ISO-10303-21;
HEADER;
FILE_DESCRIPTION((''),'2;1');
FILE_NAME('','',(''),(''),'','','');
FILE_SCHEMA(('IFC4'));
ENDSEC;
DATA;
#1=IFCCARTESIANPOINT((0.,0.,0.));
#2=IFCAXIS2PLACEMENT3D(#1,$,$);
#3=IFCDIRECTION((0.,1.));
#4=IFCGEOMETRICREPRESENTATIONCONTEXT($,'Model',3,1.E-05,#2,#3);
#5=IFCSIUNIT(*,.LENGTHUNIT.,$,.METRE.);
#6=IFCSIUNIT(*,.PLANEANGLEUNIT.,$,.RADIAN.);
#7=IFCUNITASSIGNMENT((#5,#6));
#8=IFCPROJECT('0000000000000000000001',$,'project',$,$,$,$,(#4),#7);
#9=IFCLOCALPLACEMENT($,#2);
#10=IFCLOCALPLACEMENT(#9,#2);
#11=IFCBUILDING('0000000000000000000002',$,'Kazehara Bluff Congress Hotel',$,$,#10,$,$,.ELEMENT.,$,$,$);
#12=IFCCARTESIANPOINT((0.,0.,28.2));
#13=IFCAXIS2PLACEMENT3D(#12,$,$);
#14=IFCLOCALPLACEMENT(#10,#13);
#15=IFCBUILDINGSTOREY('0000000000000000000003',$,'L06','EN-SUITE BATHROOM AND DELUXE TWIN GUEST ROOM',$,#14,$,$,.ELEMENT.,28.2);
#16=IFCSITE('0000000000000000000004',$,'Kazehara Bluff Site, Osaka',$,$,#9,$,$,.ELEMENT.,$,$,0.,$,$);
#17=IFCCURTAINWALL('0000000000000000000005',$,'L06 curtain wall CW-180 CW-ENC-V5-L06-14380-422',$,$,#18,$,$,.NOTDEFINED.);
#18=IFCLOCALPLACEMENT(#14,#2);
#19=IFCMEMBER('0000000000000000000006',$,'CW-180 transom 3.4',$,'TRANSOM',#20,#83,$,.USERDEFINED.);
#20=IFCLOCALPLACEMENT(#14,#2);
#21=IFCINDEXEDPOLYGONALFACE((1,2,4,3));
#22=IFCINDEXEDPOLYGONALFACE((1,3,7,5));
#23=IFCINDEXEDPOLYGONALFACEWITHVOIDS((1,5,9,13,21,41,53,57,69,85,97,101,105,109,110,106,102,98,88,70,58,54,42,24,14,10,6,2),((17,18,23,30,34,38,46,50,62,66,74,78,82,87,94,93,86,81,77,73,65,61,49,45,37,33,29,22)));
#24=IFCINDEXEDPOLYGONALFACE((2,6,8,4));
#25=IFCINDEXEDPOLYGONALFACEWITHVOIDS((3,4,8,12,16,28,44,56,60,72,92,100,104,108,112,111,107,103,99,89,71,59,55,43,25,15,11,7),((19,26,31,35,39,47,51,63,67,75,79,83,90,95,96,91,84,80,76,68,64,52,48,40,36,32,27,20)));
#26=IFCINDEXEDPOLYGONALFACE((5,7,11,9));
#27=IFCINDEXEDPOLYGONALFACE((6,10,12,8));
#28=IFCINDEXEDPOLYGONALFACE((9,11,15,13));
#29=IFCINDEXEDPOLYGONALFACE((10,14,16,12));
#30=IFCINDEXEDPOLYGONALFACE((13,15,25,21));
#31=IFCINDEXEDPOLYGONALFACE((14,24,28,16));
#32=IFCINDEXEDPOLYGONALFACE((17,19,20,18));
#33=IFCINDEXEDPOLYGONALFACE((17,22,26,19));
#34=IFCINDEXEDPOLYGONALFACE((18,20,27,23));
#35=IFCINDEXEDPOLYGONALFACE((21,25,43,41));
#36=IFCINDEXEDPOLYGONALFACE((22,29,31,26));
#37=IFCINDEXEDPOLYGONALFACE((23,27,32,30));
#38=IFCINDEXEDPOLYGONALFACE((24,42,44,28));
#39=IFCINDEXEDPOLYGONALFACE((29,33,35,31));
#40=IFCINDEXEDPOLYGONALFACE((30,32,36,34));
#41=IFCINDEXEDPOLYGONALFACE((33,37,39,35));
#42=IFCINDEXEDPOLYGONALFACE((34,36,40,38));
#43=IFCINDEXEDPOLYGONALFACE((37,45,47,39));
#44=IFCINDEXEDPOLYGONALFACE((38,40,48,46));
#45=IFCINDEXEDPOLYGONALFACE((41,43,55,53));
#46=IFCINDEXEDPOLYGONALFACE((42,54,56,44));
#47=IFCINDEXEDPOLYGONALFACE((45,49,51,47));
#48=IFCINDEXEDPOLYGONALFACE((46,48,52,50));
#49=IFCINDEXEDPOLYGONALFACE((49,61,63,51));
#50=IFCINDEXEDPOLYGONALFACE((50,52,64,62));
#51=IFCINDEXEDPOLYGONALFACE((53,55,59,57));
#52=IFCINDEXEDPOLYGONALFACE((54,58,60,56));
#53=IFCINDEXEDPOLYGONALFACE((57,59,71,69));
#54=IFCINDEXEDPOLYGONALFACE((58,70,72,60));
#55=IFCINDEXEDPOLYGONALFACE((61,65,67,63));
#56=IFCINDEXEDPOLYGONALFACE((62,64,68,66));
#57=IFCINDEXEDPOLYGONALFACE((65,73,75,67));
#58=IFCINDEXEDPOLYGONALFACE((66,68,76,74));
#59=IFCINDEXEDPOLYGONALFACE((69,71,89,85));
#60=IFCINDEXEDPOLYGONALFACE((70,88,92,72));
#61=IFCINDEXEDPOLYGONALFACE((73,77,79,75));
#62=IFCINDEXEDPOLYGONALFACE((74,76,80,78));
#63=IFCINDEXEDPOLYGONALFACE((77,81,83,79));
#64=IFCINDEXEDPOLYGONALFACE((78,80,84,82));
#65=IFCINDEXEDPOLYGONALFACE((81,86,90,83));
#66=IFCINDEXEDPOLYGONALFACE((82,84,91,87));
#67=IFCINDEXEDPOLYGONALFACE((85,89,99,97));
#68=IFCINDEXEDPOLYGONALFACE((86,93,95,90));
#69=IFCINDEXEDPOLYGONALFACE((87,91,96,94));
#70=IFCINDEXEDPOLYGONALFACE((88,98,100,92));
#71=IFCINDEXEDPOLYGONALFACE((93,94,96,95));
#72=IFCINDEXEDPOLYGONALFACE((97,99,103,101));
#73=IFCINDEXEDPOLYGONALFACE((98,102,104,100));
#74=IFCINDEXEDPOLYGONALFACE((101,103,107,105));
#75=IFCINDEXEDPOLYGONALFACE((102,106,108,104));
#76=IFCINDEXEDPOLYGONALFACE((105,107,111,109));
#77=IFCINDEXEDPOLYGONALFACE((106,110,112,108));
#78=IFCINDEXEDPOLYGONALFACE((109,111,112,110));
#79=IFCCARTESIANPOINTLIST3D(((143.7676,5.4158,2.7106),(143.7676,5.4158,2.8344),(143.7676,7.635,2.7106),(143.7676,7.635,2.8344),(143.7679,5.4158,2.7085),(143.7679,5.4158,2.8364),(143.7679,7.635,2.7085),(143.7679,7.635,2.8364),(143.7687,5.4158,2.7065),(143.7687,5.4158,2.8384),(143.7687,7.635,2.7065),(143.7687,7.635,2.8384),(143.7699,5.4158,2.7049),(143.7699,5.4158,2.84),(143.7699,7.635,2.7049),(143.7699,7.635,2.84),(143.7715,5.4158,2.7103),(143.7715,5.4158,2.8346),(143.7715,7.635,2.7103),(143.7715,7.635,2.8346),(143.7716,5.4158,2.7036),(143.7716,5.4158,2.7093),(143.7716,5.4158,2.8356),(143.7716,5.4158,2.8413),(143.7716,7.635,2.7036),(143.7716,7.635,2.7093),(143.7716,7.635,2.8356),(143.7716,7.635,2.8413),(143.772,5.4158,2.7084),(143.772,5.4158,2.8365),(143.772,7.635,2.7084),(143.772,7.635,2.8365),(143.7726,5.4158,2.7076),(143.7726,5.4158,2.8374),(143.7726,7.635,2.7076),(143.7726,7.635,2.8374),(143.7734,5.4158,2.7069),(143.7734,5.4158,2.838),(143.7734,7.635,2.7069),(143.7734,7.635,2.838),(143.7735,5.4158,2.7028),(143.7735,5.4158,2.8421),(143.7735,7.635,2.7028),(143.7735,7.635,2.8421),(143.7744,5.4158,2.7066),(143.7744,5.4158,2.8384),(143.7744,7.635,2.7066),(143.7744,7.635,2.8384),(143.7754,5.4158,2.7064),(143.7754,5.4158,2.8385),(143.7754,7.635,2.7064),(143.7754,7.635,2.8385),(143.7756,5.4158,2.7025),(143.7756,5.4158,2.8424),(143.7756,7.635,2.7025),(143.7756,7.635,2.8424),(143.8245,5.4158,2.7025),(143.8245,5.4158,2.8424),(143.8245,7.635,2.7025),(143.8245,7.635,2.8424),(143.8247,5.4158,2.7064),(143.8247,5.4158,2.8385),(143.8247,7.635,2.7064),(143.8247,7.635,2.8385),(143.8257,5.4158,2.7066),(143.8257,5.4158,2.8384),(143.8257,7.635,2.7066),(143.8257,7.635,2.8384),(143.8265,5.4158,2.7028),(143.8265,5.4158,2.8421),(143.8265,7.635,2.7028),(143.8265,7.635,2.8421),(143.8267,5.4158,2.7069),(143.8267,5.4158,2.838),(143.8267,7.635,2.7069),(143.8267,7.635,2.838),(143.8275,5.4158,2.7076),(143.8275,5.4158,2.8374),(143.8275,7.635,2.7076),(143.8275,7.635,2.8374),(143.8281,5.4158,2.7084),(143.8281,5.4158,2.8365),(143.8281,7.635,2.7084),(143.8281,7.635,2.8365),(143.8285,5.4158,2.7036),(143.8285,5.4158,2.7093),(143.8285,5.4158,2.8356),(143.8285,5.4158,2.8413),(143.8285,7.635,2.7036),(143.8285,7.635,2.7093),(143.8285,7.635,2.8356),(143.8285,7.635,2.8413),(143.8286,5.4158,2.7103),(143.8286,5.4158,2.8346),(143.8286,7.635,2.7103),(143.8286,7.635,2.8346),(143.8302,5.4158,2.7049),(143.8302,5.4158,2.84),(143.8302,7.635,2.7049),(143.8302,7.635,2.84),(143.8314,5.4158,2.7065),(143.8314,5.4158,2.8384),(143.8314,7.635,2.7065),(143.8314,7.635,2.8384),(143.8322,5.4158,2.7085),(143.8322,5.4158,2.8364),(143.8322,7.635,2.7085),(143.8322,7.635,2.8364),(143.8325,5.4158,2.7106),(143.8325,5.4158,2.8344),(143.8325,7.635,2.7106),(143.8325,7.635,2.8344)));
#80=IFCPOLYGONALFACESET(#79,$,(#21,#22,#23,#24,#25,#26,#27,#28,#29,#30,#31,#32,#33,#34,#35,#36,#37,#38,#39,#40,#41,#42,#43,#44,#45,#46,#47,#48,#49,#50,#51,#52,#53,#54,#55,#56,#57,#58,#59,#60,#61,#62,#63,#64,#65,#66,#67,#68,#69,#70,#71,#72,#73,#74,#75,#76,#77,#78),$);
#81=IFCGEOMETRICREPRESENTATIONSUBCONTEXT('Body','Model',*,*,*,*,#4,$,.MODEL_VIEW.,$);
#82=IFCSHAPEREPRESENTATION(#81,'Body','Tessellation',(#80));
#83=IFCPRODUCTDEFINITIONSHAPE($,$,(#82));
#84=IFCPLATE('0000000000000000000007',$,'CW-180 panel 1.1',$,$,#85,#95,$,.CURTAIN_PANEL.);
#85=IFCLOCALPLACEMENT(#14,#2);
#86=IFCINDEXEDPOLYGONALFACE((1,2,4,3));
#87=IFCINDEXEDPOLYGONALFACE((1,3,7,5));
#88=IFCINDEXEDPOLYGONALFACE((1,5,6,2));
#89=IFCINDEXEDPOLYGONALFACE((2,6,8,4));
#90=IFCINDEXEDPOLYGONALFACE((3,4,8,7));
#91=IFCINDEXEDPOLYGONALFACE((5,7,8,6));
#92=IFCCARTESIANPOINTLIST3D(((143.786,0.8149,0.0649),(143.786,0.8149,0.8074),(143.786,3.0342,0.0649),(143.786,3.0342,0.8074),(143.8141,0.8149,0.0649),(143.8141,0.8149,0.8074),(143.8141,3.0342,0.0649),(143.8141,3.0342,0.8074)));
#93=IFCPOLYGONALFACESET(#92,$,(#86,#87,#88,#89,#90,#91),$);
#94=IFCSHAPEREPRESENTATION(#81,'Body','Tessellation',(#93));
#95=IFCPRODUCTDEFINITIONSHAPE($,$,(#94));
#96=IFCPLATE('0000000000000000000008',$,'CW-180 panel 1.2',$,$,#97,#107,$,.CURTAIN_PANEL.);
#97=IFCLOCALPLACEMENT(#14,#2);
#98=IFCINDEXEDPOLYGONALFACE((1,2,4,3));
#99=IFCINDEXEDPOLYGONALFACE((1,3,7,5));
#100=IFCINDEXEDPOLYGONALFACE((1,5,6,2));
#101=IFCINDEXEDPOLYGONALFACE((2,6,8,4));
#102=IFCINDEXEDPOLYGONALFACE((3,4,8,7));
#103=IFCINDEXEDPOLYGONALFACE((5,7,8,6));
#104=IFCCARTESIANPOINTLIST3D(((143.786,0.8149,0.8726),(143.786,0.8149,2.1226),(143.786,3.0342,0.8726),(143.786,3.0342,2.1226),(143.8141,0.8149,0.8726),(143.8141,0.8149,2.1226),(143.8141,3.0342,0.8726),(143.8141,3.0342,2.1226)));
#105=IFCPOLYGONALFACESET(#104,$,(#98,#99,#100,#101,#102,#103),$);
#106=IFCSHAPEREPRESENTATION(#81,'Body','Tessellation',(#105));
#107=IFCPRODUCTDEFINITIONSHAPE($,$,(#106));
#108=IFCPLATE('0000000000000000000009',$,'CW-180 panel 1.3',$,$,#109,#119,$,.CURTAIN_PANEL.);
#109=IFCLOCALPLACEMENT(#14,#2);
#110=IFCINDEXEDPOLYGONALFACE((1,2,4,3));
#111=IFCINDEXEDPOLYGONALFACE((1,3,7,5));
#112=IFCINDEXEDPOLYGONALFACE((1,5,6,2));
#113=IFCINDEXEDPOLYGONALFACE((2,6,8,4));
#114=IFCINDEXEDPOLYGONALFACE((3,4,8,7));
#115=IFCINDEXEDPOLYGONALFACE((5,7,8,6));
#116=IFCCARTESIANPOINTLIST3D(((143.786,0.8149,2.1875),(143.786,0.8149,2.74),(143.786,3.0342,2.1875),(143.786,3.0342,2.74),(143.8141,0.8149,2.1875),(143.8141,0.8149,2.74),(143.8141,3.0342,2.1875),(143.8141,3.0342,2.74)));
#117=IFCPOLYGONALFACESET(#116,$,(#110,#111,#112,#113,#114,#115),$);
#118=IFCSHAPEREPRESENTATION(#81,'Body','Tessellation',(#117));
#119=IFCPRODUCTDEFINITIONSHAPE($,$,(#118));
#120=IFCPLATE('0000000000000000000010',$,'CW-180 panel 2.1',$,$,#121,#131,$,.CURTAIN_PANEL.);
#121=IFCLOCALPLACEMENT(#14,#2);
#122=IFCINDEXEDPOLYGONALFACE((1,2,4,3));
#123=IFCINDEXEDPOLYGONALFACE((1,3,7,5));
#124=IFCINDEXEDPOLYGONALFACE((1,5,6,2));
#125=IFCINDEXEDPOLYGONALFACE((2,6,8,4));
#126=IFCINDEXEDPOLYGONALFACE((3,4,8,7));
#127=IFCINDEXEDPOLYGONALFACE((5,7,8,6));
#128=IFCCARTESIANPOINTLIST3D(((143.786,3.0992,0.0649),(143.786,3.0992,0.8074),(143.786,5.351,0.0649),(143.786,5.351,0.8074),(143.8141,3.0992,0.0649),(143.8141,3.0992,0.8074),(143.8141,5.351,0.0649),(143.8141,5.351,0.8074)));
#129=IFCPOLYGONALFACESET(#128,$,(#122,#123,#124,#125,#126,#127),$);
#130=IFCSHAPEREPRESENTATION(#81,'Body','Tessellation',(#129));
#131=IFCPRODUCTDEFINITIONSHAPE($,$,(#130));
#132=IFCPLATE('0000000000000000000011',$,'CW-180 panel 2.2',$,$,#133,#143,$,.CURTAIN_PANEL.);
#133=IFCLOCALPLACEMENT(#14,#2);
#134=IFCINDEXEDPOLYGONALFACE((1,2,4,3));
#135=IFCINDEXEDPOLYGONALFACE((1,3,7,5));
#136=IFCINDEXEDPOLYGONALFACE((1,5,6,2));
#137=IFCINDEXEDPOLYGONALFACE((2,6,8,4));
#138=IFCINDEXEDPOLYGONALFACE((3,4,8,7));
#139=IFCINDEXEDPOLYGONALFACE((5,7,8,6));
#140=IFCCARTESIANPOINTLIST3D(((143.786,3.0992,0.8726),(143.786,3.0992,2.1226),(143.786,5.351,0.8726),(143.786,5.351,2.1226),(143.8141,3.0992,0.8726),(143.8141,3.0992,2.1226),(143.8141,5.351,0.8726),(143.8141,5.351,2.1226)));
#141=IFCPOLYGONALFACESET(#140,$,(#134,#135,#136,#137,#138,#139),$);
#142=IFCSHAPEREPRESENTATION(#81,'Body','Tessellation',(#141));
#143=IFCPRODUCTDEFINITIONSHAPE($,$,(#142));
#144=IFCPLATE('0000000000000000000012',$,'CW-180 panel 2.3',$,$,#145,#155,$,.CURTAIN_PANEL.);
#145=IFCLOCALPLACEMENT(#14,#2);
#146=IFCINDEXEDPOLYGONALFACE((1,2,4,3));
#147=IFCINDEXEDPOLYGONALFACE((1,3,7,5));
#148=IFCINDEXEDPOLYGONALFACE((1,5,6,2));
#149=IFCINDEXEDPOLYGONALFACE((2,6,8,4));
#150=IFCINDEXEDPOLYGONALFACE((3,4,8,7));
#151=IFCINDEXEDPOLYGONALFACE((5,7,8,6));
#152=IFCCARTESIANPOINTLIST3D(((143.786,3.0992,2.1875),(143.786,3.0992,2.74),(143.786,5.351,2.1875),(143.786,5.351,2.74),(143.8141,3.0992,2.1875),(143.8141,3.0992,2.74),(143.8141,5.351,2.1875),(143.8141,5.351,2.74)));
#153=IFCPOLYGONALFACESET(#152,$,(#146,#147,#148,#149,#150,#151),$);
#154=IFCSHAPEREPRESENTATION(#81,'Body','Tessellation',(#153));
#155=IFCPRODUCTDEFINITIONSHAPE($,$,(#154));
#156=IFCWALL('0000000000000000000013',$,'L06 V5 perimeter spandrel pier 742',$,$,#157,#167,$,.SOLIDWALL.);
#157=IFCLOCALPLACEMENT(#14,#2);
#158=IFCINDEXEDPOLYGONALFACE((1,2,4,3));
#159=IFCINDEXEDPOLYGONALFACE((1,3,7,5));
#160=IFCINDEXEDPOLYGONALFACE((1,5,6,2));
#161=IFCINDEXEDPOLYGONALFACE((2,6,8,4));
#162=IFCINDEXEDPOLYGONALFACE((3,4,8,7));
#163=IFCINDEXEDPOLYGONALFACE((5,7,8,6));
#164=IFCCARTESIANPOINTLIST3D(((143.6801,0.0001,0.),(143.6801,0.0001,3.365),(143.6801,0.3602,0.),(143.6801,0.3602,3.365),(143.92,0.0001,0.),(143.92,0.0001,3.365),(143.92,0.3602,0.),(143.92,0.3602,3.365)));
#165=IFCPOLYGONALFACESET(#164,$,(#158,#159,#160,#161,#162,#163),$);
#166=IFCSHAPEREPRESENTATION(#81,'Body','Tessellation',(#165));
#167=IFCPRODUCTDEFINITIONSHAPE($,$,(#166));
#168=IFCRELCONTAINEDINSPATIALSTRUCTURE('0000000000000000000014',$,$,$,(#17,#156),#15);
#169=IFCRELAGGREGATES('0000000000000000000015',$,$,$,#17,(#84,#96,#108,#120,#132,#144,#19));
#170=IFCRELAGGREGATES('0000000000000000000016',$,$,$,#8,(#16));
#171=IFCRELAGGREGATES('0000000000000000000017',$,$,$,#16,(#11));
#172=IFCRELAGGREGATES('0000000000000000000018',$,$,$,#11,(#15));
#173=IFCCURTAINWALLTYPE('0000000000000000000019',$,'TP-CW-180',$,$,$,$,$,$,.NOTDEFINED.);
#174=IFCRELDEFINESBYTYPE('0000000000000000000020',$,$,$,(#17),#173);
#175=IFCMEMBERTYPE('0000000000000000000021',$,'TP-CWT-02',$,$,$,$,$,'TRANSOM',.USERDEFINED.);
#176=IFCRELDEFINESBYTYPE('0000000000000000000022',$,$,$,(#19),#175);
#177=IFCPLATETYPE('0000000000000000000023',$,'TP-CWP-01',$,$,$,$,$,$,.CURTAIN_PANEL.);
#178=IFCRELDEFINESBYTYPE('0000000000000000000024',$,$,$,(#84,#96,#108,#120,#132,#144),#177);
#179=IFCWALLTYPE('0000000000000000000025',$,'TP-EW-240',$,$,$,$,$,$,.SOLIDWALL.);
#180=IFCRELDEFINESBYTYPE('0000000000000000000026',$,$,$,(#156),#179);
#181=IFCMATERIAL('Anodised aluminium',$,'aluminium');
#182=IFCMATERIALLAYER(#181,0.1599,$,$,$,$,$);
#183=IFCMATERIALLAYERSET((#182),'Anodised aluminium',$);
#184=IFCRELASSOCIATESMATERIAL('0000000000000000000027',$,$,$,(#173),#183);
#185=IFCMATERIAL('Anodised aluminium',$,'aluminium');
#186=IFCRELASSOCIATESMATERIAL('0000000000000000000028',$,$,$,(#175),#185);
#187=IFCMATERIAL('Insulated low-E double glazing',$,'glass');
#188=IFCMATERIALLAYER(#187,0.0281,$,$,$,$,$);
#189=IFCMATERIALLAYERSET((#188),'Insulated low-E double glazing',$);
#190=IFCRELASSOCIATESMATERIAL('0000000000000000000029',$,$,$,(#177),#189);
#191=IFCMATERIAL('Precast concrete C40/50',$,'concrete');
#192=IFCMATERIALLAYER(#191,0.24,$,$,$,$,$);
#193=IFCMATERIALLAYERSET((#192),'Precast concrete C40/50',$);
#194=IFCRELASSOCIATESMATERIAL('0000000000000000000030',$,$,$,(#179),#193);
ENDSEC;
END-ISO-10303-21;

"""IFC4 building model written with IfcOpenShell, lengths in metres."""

from ifc_helpers import new_model, si_unit, direction, frame, frame_2d, origin, origin_2d, place, context, subcontext, project, spatial, rectangle, hollow_rectangle, extrude, material, layer, layer_set, material_profile, profile_set, type_object, element, aggregate, save


model = new_model("IFC4")

# Units and contexts
model_context = context("Model", 3, precision=1e-05, world=origin(), true_north=direction((0.0, 1.0)))
body_context = subcontext(model_context, "Body", "Model", "MODEL_VIEW")
ifc_project = project(units=[si_unit("LENGTHUNIT", "METRE"), si_unit("PLANEANGLEUNIT", "RADIAN")], contexts=[model_context])

# Site, building, storey
site_placement = place(None, origin())
site = spatial("IfcSite", under=ifc_project, at=site_placement, Name="Kazehara Bluff Site, Osaka", CompositionType="ELEMENT", RefElevation=0.0)
building_placement = place(site_placement, origin())
building = spatial("IfcBuilding", under=site, at=building_placement, Name="Kazehara Bluff Congress Hotel", CompositionType="ELEMENT")
storey_placement = place(building_placement, frame((0.0, 0.0, 28.2)))
storey = spatial("IfcBuildingStorey", under=building, at=storey_placement, Name="L06", Description="EN-SUITE BATHROOM AND DELUXE TWIN GUEST ROOM", CompositionType="ELEMENT", Elevation=28.2)

# Curtain wall, member, plates
ifc_material_1 = material(Name="Anodised aluminium", Category="aluminium")
ifc_layer_1 = layer(ifc_material_1, 0.1599)
ifc_layer_set_1 = layer_set([ifc_layer_1], Name="Anodised aluminium")
curtain_wall_type = type_object("IfcCurtainWallType", Name="TP-CW-180", PredefinedType="NOTDEFINED", material=ifc_layer_set_1)
curtain_wall_placement = place(storey_placement, origin())
curtain_wall = element("IfcCurtainWall", 1, at=curtain_wall_placement, inside=storey, type_object=curtain_wall_type, Name="L06 curtain wall CW-180 CW-ENC-V5-L06-14380-422", PredefinedType="NOTDEFINED")
ifc_material_2 = material(Name="Anodised aluminium", Category="aluminium")
ifc_material_profile_1 = material_profile(ifc_material_2, hollow_rectangle(XDim=0.0649, YDim=0.1399, WallThickness=0.0039, InnerFilletRadius=0.0039, OuterFilletRadius=0.0081, at=origin_2d()))
ifc_profile_set_1 = profile_set([ifc_material_profile_1], Name="Anodised aluminium")
member_type_1 = type_object("IfcMemberType", Name="TP-CWT-02", ElementType="TRANSOM", PredefinedType="USERDEFINED", material=ifc_profile_set_1)
member_1_placement = place(storey_placement, frame((143.8, 5.4158, 2.7725), z_axis=(0.0, 1.0, 0.0), x_axis=(-1.0, 0.0, 0.0)))
member_1 = element("IfcMember", 2, at=member_1_placement, type_object=member_type_1, Name="CW-180 transom 3.4", ObjectType="TRANSOM", PredefinedType="USERDEFINED", context=body_context, shape_type="SweptSolid", body=[
    extrude(hollow_rectangle(XDim=0.0649, YDim=0.1399, WallThickness=0.0039, InnerFilletRadius=0.0039, OuterFilletRadius=0.0081, at=origin_2d()), origin(), (0.0, 0.0, 1.0), 2.2192),
])
ifc_material_3 = material(Name="Insulated low-E double glazing", Category="glass")
ifc_layer_2 = layer(ifc_material_3, 0.0281)
ifc_layer_set_2 = layer_set([ifc_layer_2], Name="Insulated low-E double glazing")
plate_type = type_object("IfcPlateType", Name="TP-CWP-01", PredefinedType="CURTAIN_PANEL", material=ifc_layer_set_2)
plate_1_placement = place(storey_placement, frame((143.8, 1.9246, 0.0649), z_axis=(0.0, 0.0, 1.0), x_axis=(0.0, 1.0, 0.0)))
plate_1 = element("IfcPlate", 3, at=plate_1_placement, type_object=plate_type, Name="CW-180 panel 1.1", PredefinedType="CURTAIN_PANEL", context=body_context, shape_type="SweptSolid", body=[
    extrude(rectangle(XDim=2.2192, YDim=0.0281, at=origin_2d()), origin(), (0.0, 0.0, 1.0), 0.7424),
])
plate_2_placement = place(storey_placement, frame((143.8, 1.9246, 0.8726), z_axis=(0.0, 0.0, 1.0), x_axis=(0.0, 1.0, 0.0)))
plate_2 = element("IfcPlate", 4, at=plate_2_placement, type_object=plate_type, Name="CW-180 panel 1.2", PredefinedType="CURTAIN_PANEL", context=body_context, shape_type="SweptSolid", body=[
    extrude(rectangle(XDim=2.2192, YDim=0.0281, at=origin_2d()), origin(), (0.0, 0.0, 1.0), 1.25),
])
plate_3_placement = place(storey_placement, frame((143.8, 1.9246, 2.1875), z_axis=(0.0, 0.0, 1.0), x_axis=(0.0, 1.0, 0.0)))
plate_3 = element("IfcPlate", 5, at=plate_3_placement, type_object=plate_type, Name="CW-180 panel 1.3", PredefinedType="CURTAIN_PANEL", context=body_context, shape_type="SweptSolid", body=[
    extrude(rectangle(XDim=2.2192, YDim=0.0281, at=origin_2d()), origin(), (0.0, 0.0, 1.0), 0.5525),
])
plate_4_placement = place(storey_placement, frame((143.8, 4.2251, 0.0649), z_axis=(0.0, 0.0, 1.0), x_axis=(0.0, 1.0, 0.0)))
plate_4 = element("IfcPlate", 6, at=plate_4_placement, type_object=plate_type, Name="CW-180 panel 2.1", PredefinedType="CURTAIN_PANEL", context=body_context, shape_type="SweptSolid", body=[
    extrude(rectangle(XDim=2.2517, YDim=0.0281, at=origin_2d()), origin(), (0.0, 0.0, 1.0), 0.7424),
])
plate_5_placement = place(storey_placement, frame((143.8, 4.2251, 0.8726), z_axis=(0.0, 0.0, 1.0), x_axis=(0.0, 1.0, 0.0)))
plate_5 = element("IfcPlate", 7, at=plate_5_placement, type_object=plate_type, Name="CW-180 panel 2.2", PredefinedType="CURTAIN_PANEL", context=body_context, shape_type="SweptSolid", body=[
    extrude(rectangle(XDim=2.2517, YDim=0.0281, at=origin_2d()), origin(), (0.0, 0.0, 1.0), 1.25),
])
plate_6_placement = place(storey_placement, frame((143.8, 4.2251, 2.1875), z_axis=(0.0, 0.0, 1.0), x_axis=(0.0, 1.0, 0.0)))
plate_6 = element("IfcPlate", 8, at=plate_6_placement, type_object=plate_type, Name="CW-180 panel 2.3", PredefinedType="CURTAIN_PANEL", context=body_context, shape_type="SweptSolid", body=[
    extrude(rectangle(XDim=2.2517, YDim=0.0281, at=origin_2d()), origin(), (0.0, 0.0, 1.0), 0.5525),
])
aggregate(curtain_wall, [plate_1, plate_2, plate_3, plate_4, plate_5, plate_6, member_1])

# Wall
ifc_material_4 = material(Name="Precast concrete C40/50", Category="concrete")
ifc_layer_3 = layer(ifc_material_4, 0.24)
ifc_layer_set_3 = layer_set([ifc_layer_3], Name="Precast concrete C40/50")
wall_type = type_object("IfcWallType", Name="TP-EW-240", PredefinedType="SOLIDWALL", material=ifc_layer_set_3)
wall_placement = place(storey_placement, frame((143.8, 0.0, 0.0), z_axis=(0.0, 0.0, 1.0), x_axis=(0.0, 1.0, 0.0)))
element("IfcWall", 9, at=wall_placement, inside=storey, type_object=wall_type, Name="L06 V5 perimeter spandrel pier 742", PredefinedType="SOLIDWALL", context=body_context, shape_type="SweptSolid", body=[
    extrude(rectangle(XDim=0.3601, YDim=0.24, at=frame_2d((0.1802, 0.0))), origin(), (0.0, 0.0, 1.0), 3.365),
])

save(model, "model.ifc")
